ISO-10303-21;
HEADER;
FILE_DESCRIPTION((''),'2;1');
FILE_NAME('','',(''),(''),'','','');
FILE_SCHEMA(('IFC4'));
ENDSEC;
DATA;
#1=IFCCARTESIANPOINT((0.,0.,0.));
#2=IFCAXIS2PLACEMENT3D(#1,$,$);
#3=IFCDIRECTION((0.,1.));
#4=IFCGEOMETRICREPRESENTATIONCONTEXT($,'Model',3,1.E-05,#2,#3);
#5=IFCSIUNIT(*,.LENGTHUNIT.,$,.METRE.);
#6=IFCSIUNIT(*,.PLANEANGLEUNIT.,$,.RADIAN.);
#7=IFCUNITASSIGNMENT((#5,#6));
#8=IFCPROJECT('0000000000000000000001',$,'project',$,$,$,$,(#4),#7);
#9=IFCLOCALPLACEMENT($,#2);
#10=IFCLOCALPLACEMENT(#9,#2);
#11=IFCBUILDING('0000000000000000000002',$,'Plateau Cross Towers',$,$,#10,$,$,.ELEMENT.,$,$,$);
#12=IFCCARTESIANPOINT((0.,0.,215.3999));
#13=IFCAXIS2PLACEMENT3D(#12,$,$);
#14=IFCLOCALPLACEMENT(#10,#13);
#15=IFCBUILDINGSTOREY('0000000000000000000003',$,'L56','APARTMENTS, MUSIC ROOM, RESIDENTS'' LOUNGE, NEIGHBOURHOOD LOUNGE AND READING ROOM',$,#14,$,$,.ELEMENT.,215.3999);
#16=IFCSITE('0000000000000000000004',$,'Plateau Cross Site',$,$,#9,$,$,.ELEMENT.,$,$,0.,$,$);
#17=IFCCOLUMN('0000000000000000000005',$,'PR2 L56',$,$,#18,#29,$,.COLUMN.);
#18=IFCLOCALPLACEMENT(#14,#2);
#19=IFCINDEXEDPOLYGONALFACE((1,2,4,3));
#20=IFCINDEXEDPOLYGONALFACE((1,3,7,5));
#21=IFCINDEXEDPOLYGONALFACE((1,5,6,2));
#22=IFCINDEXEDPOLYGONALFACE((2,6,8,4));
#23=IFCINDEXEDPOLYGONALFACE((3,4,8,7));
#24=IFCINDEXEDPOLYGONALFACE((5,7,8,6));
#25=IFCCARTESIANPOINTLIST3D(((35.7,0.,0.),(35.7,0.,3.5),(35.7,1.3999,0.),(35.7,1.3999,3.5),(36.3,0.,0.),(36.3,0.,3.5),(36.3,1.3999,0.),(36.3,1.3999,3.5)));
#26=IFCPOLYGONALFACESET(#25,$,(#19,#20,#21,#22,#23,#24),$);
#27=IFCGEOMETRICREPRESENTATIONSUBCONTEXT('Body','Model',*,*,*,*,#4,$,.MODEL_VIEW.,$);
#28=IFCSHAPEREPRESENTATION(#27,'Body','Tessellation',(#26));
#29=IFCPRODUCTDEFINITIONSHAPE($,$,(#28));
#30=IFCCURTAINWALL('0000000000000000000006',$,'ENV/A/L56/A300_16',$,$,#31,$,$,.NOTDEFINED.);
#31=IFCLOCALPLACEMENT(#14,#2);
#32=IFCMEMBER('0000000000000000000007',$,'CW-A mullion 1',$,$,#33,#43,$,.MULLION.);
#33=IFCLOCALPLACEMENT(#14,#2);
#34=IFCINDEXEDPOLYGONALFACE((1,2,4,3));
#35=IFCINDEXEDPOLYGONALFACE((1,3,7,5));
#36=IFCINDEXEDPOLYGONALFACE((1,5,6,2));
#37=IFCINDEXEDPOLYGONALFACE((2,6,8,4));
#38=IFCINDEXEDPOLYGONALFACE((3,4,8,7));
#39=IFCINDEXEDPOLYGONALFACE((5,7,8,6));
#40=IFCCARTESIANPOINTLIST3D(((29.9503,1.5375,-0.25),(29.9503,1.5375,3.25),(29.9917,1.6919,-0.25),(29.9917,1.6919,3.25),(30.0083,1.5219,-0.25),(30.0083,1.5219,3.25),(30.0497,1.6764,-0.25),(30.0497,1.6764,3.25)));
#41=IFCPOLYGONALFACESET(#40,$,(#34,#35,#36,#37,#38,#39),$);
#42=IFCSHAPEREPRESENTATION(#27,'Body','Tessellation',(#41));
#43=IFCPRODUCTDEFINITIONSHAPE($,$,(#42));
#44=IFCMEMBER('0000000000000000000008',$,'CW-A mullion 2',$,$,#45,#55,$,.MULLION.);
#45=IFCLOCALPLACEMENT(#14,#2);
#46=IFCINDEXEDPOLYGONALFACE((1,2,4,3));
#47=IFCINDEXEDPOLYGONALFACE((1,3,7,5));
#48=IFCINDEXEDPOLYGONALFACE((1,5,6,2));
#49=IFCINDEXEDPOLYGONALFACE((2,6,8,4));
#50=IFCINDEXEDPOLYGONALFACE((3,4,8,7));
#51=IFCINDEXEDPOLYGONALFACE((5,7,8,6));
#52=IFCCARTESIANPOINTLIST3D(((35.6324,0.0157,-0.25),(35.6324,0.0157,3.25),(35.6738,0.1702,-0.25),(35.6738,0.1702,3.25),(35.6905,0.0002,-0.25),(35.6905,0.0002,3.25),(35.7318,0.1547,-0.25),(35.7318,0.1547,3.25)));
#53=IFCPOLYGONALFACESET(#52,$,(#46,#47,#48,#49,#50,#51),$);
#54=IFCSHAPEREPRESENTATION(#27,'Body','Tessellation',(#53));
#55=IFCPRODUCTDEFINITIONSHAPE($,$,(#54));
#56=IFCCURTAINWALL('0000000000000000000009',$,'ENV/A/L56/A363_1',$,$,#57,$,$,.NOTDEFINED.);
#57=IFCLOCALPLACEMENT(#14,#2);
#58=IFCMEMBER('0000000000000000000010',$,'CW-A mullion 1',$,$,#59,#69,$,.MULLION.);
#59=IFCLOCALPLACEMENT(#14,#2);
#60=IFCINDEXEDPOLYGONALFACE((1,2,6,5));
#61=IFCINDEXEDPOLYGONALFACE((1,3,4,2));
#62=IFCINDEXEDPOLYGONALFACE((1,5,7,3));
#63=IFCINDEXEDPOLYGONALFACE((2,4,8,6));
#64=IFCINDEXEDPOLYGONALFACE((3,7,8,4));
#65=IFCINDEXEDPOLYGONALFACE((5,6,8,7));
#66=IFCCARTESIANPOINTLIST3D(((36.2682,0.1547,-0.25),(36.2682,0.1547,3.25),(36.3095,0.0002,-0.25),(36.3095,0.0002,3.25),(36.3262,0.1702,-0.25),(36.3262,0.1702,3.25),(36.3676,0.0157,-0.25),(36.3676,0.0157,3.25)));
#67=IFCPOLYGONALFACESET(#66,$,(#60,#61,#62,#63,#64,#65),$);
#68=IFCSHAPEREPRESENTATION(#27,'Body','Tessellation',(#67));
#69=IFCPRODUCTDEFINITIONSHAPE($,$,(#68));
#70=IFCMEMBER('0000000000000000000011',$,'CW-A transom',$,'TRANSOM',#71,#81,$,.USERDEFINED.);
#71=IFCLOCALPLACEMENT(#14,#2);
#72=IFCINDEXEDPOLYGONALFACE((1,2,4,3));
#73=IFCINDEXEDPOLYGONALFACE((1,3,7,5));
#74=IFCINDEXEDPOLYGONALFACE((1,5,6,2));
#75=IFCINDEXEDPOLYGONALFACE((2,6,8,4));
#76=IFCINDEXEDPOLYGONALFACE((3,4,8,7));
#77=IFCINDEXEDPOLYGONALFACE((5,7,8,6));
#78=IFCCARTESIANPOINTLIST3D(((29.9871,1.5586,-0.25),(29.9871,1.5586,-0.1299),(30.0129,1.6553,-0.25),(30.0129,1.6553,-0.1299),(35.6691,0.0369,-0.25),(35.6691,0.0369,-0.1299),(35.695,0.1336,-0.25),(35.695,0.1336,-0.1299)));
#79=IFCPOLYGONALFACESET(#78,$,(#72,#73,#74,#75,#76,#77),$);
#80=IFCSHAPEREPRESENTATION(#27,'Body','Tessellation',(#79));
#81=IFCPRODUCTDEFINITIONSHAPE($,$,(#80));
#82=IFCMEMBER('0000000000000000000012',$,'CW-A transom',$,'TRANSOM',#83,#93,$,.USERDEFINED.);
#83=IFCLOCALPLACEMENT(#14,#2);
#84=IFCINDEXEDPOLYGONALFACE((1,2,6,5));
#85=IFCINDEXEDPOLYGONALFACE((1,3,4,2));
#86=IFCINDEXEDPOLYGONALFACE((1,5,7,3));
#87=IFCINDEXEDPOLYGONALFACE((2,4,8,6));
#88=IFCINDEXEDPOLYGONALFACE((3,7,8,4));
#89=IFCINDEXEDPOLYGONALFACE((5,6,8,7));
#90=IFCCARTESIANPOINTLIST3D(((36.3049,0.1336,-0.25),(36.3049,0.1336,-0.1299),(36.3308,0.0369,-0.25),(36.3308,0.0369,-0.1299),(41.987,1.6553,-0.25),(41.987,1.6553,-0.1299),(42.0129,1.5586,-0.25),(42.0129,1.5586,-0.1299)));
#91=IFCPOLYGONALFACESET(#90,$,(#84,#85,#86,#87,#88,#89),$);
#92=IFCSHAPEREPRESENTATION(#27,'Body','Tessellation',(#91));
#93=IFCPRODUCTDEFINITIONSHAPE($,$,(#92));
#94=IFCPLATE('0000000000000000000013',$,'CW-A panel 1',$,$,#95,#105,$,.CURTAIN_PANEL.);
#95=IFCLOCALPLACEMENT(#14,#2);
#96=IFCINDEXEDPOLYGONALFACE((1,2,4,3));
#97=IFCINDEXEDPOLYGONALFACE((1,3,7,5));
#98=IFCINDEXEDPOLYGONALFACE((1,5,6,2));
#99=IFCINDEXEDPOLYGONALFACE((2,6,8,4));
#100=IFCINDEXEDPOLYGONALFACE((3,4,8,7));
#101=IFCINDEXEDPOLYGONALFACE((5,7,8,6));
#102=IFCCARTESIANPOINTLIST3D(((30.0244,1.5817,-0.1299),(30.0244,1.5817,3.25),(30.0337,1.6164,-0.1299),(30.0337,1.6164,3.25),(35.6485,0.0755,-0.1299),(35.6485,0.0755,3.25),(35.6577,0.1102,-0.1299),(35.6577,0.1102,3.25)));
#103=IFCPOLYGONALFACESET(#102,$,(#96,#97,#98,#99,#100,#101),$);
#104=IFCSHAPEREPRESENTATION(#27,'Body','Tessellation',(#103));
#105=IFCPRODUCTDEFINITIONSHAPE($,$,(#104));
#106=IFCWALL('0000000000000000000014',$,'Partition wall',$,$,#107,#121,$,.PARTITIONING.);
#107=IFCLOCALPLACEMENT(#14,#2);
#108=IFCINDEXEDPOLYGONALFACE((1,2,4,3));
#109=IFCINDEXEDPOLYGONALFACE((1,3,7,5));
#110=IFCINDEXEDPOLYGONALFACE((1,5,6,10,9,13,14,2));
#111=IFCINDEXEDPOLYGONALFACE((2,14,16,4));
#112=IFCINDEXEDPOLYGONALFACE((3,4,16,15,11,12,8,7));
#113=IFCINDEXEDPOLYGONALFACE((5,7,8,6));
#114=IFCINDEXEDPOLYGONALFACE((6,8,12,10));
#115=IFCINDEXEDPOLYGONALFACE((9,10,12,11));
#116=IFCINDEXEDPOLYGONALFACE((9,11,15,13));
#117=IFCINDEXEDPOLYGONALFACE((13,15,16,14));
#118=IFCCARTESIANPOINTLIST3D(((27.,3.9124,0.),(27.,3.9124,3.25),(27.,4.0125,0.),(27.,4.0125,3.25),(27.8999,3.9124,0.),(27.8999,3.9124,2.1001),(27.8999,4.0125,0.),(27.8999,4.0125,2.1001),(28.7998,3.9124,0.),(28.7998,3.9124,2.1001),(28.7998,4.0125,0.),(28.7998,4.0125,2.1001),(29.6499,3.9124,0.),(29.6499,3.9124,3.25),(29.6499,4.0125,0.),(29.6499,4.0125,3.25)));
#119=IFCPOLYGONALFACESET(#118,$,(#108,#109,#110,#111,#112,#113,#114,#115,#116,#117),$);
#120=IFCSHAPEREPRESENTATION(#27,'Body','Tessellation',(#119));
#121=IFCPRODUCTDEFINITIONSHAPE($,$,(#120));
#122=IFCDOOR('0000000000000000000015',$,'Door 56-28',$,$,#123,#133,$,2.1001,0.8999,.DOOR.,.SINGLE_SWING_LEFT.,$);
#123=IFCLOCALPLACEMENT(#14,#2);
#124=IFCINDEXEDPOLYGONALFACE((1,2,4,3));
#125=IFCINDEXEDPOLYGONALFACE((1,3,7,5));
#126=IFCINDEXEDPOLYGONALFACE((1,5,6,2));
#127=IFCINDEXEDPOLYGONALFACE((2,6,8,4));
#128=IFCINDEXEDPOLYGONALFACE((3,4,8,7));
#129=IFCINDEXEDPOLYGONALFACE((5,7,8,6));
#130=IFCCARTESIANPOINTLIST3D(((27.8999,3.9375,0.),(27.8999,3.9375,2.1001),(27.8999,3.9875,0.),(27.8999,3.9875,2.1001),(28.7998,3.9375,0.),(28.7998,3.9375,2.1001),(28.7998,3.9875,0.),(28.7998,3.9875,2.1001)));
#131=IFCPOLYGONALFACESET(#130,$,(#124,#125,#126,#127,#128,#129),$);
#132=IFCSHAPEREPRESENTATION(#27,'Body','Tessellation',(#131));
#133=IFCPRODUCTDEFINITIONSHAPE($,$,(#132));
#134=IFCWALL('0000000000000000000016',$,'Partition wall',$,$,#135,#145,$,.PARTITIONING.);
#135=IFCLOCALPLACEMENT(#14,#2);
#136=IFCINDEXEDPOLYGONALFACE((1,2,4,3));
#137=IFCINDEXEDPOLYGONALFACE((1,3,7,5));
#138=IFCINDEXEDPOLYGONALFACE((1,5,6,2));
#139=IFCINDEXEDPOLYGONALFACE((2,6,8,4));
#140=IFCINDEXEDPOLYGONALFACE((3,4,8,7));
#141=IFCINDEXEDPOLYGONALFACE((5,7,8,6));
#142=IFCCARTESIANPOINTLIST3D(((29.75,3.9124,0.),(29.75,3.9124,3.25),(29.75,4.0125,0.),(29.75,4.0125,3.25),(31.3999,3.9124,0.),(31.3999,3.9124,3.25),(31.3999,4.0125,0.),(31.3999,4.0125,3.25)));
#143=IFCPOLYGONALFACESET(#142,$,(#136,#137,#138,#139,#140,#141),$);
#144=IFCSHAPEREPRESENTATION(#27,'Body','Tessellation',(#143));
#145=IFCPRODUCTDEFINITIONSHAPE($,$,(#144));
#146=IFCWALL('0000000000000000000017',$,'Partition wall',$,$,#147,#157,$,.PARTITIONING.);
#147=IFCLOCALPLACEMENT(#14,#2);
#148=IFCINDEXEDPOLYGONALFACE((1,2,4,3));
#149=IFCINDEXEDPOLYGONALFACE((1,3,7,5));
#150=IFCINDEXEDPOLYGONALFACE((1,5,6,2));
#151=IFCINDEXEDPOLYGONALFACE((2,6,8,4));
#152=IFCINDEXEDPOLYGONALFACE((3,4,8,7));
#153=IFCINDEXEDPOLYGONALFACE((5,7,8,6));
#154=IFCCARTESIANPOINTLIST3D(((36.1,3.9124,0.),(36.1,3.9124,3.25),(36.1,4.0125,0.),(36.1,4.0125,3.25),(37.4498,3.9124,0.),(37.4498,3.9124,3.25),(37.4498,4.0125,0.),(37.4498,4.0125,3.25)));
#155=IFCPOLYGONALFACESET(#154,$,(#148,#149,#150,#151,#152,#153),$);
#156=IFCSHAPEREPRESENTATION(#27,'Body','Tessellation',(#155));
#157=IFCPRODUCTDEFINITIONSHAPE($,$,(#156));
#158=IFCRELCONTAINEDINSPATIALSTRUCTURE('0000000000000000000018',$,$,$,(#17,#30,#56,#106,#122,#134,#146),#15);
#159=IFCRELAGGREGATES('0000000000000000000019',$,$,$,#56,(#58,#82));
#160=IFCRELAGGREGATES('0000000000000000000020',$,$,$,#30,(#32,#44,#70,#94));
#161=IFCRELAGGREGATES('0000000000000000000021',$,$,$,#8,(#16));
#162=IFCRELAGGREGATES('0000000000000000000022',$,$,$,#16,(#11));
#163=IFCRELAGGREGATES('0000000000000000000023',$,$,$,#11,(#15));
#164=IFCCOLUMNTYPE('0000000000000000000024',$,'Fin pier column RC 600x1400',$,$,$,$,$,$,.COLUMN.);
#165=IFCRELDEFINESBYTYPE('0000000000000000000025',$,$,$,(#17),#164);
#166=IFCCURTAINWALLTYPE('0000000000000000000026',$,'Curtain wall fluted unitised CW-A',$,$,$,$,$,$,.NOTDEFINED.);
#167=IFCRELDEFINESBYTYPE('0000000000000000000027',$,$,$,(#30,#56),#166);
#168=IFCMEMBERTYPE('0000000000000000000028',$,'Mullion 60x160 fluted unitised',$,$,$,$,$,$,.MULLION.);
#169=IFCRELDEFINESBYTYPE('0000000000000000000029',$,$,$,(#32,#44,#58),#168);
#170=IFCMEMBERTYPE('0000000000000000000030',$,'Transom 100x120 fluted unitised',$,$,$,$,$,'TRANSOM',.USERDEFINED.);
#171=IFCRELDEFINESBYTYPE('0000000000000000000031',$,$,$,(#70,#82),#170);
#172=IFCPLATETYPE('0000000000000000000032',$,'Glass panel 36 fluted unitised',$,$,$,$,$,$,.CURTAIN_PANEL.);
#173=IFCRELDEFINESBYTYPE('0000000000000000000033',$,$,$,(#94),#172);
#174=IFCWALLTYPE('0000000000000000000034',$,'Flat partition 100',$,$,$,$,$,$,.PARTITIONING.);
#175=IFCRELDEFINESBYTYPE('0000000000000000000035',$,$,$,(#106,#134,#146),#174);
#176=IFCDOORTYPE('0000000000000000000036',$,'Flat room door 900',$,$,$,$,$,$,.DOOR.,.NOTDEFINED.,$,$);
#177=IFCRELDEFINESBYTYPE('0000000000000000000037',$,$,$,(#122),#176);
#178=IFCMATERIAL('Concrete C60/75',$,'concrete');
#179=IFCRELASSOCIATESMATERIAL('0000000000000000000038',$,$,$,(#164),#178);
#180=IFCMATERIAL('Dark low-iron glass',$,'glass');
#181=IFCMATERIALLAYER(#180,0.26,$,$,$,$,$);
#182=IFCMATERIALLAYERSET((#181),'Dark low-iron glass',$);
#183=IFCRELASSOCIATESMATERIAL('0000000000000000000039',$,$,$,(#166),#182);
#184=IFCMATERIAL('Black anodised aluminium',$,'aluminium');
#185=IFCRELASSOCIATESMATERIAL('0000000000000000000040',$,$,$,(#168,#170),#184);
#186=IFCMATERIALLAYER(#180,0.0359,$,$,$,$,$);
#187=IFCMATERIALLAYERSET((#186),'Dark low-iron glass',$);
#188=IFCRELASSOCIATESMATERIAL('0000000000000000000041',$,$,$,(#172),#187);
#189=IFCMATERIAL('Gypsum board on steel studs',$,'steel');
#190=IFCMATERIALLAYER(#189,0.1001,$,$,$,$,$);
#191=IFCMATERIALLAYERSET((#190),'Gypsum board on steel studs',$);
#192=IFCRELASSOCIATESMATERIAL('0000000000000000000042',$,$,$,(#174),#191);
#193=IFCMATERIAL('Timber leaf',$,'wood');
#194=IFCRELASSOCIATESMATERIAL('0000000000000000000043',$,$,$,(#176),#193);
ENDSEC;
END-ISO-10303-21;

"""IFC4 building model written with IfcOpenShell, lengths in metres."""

from ifc_helpers import new_model, si_unit, direction, frame, frame_2d, origin, origin_2d, place, context, subcontext, project, spatial, rectangle, extrude, material, layer, layer_set, material_profile, profile_set, type_object, element, fill, aggregate, save


model = new_model("IFC4")

# Units and contexts
model_context = context("Model", 3, precision=1e-05, world=origin(), true_north=direction((0.0, 1.0)))
body_context = subcontext(model_context, "Body", "Model", "MODEL_VIEW")
ifc_project = project(units=[si_unit("LENGTHUNIT", "METRE"), si_unit("PLANEANGLEUNIT", "RADIAN")], contexts=[model_context])

# Site, building, storey
site_placement = place(None, origin())
site = spatial("IfcSite", under=ifc_project, at=site_placement, Name="Plateau Cross Site", CompositionType="ELEMENT", RefElevation=0.0)
building_placement = place(site_placement, origin())
building = spatial("IfcBuilding", under=site, at=building_placement, Name="Plateau Cross Towers", CompositionType="ELEMENT")
storey_placement = place(building_placement, frame((0.0, 0.0, 215.3999)))
storey = spatial("IfcBuildingStorey", under=building, at=storey_placement, Name="L56", Description="APARTMENTS, MUSIC ROOM, RESIDENTS' LOUNGE, NEIGHBOURHOOD LOUNGE AND READING ROOM", CompositionType="ELEMENT", Elevation=215.3999)

# Column
ifc_material_1 = material(Name="Concrete C60/75", Category="concrete")
ifc_material_profile_1 = material_profile(ifc_material_1, rectangle(XDim=0.6001, YDim=1.3999, at=origin_2d()), Name="RC 600x1400")
ifc_profile_set_1 = profile_set([ifc_material_profile_1], Name="Concrete C60/75")
column_type = type_object("IfcColumnType", Name="Fin pier column RC 600x1400", PredefinedType="COLUMN", material=ifc_profile_set_1)
column_placement = place(storey_placement, frame((36.0, 0.7, 0.0), z_axis=(0.0, 0.0, 1.0), x_axis=(1.0, 0.0, 0.0)))
element("IfcColumn", 1, at=column_placement, inside=storey, type_object=column_type, Name="PR2 L56", PredefinedType="COLUMN", context=body_context, shape_type="SweptSolid", body=[
    extrude(rectangle(XDim=0.6001, YDim=1.3999, at=origin_2d()), origin(), (0.0, 0.0, 1.0), 3.5),
])

# Curtain wall, members
ifc_material_2 = material(Name="Dark low-iron glass", Category="glass")
ifc_layer_1 = layer(ifc_material_2, 0.26)
ifc_layer_set_1 = layer_set([ifc_layer_1], Name="Dark low-iron glass")
curtain_wall_type = type_object("IfcCurtainWallType", Name="Curtain wall fluted unitised CW-A", PredefinedType="NOTDEFINED", material=ifc_layer_set_1)
curtain_wall_1_placement = place(storey_placement, origin())
curtain_wall_1 = element("IfcCurtainWall", 2, at=curtain_wall_1_placement, inside=storey, type_object=curtain_wall_type, Name="ENV/A/L56/A300_16", PredefinedType="NOTDEFINED")
ifc_material_3 = material(Name="Black anodised aluminium", Category="aluminium")
ifc_material_profile_2 = material_profile(ifc_material_3, rectangle(XDim=0.0601, YDim=0.1599, at=origin_2d()), Name="MULLION 60x160")
ifc_profile_set_2 = profile_set([ifc_material_profile_2], Name="Black anodised aluminium")
member_type_1 = type_object("IfcMemberType", Name="Mullion 60x160 fluted unitised", PredefinedType="MULLION", material=ifc_profile_set_2)
member_1_placement = place(storey_placement, frame((30.0, 1.6069, -0.25), z_axis=(0.0, 0.0, 1.0), x_axis=(0.965958, -0.258699, 0.0)))
member_1 = element("IfcMember", 3, at=member_1_placement, type_object=member_type_1, Name="CW-A mullion 1", PredefinedType="MULLION", context=body_context, shape_type="SweptSolid", body=[
    extrude(rectangle(XDim=0.0601, YDim=0.1599, at=origin_2d()), origin(), (0.0, 0.0, 1.0), 3.5),
])
member_2_placement = place(storey_placement, frame((35.6821, 0.0852, -0.25), z_axis=(0.0, 0.0, 1.0), x_axis=(0.965958, -0.258699, 0.0)))
member_2 = element("IfcMember", 4, at=member_2_placement, type_object=member_type_1, Name="CW-A mullion 2", PredefinedType="MULLION", context=body_context, shape_type="SweptSolid", body=[
    extrude(rectangle(XDim=0.0601, YDim=0.1599, at=origin_2d()), origin(), (0.0, 0.0, 1.0), 3.5),
])

# Curtain wall, member
curtain_wall_2_placement = place(storey_placement, origin())
curtain_wall_2 = element("IfcCurtainWall", 5, at=curtain_wall_2_placement, inside=storey, type_object=curtain_wall_type, Name="ENV/A/L56/A363_1", PredefinedType="NOTDEFINED")
member_3_placement = place(storey_placement, frame((36.3179, 0.0852, -0.25), z_axis=(0.0, 0.0, 1.0), x_axis=(0.965958, 0.258699, 0.0)))
member_3 = element("IfcMember", 6, at=member_3_placement, type_object=member_type_1, Name="CW-A mullion 1", PredefinedType="MULLION", context=body_context, shape_type="SweptSolid", body=[
    extrude(rectangle(XDim=0.0601, YDim=0.1599, at=origin_2d()), origin(), (0.0, 0.0, 1.0), 3.5),
])

# Members
ifc_material_profile_3 = material_profile(ifc_material_3, rectangle(XDim=0.1001, YDim=0.1201, at=origin_2d()), Name="TRANSOM 100x120")
ifc_profile_set_3 = profile_set([ifc_material_profile_3], Name="Black anodised aluminium")
member_type_2 = type_object("IfcMemberType", Name="Transom 100x120 fluted unitised", ElementType="TRANSOM", PredefinedType="USERDEFINED", material=ifc_profile_set_3)
member_4_placement = place(storey_placement, frame((30.0, 1.6069, -0.1899), z_axis=(0.96596, -0.258693, 0.0), x_axis=(0.258693, 0.96596, 0.0)))
member_4 = element("IfcMember", 7, at=member_4_placement, type_object=member_type_2, Name="CW-A transom", ObjectType="TRANSOM", PredefinedType="USERDEFINED", context=body_context, shape_type="SweptSolid", body=[
    extrude(rectangle(XDim=0.1001, YDim=0.1201, at=origin_2d()), origin(), (0.0, 0.0, 1.0), 5.8823),
])
member_5_placement = place(storey_placement, frame((36.3179, 0.0852, -0.1899), z_axis=(0.96596, 0.258693, 0.0), x_axis=(-0.258693, 0.96596, 0.0)))
member_5 = element("IfcMember", 8, at=member_5_placement, type_object=member_type_2, Name="CW-A transom", ObjectType="TRANSOM", PredefinedType="USERDEFINED", context=body_context, shape_type="SweptSolid", body=[
    extrude(rectangle(XDim=0.1001, YDim=0.1201, at=origin_2d()), origin(), (0.0, 0.0, 1.0), 5.8823),
])
aggregate(curtain_wall_2, [member_3, member_5])

# Plate
ifc_layer_2 = layer(ifc_material_2, 0.0359)
ifc_layer_set_2 = layer_set([ifc_layer_2], Name="Dark low-iron glass")
plate_type = type_object("IfcPlateType", Name="Glass panel 36 fluted unitised", PredefinedType="CURTAIN_PANEL", material=ifc_layer_set_2)
plate_placement = place(storey_placement, frame((32.8411, 0.8459, -0.1299), z_axis=(0.0, 0.0, 1.0), x_axis=(0.965958, -0.258699, 0.0)))
plate = element("IfcPlate", 9, at=plate_placement, type_object=plate_type, Name="CW-A panel 1", PredefinedType="CURTAIN_PANEL", context=body_context, shape_type="SweptSolid", body=[
    extrude(rectangle(XDim=5.8223, YDim=0.0359, at=origin_2d()), origin(), (0.0, 0.0, 1.0), 3.3799),
])
aggregate(curtain_wall_1, [member_1, member_2, member_4, plate])

# Wall, opening, door
ifc_material_4 = material(Name="Gypsum board on steel studs", Category="steel")
ifc_layer_3 = layer(ifc_material_4, 0.1001)
ifc_layer_set_3 = layer_set([ifc_layer_3], Name="Gypsum board on steel studs")
wall_type_1 = type_object("IfcWallType", Name="Flat partition 100", PredefinedType="PARTITIONING", material=ifc_layer_set_3)
wall_1_placement = place(storey_placement, frame((29.6499, 3.9624, 0.0), z_axis=(0.0, 0.0, 1.0), x_axis=(-1.0, 0.0, 0.0)))
wall_1 = element("IfcWall", 10, at=wall_1_placement, inside=storey, type_object=wall_type_1, Name="Partition wall", PredefinedType="PARTITIONING", context=body_context, shape_type="SweptSolid", body=[
    extrude(rectangle(XDim=2.6499, YDim=0.1001, at=frame_2d((1.325, 0.0))), origin(), (0.0, 0.0, 1.0), 3.25),
])
opening_1_placement = place(wall_1_placement, frame((0.8501, 0.0, 0.0)))
opening_1 = element("IfcOpeningElement", 11, at=opening_1_placement, cuts=wall_1, PredefinedType="OPENING", context=body_context, shape_type="SweptSolid", body=[
    extrude(rectangle(XDim=0.8999, YDim=2.1001, at=frame_2d((0.45, 1.05))), frame((0.0, 0.0601, 0.0), z_axis=(0.0, -1.0, 0.0), x_axis=(1.0, 0.0, 0.0)), (0.0, 0.0, 1.0), 0.1201),
])
ifc_material_5 = material(Name="Timber leaf", Category="wood")
door_type_1 = type_object("IfcDoorType", Name="Flat room door 900", OperationType="NOTDEFINED", PredefinedType="DOOR", material=ifc_material_5)
door_1_placement = place(opening_1_placement, origin())
door_1 = element("IfcDoor", 12, at=door_1_placement, inside=storey, type_object=door_type_1, Name="Door 56-28", OperationType="SINGLE_SWING_LEFT", OverallHeight=2.1001, OverallWidth=0.8999, PredefinedType="DOOR", context=body_context, shape_type="SweptSolid", body=[
    extrude(rectangle(XDim=0.8999, YDim=2.1001, at=frame_2d((0.45, 1.05))), frame((0.0, 0.0249, 0.0), z_axis=(0.0, -1.0, 0.0), x_axis=(1.0, 0.0, 0.0)), (0.0, 0.0, 1.0), 0.05),
])
fill(opening_1, door_1)

# Walls
wall_2_placement = place(storey_placement, frame((29.75, 3.9624, 0.0), z_axis=(0.0, 0.0, 1.0), x_axis=(1.0, 0.0, 0.0)))
element("IfcWall", 13, at=wall_2_placement, inside=storey, type_object=wall_type_1, Name="Partition wall", PredefinedType="PARTITIONING", context=body_context, shape_type="SweptSolid", body=[
    extrude(rectangle(XDim=1.6499, YDim=0.1001, at=frame_2d((0.825, 0.0))), origin(), (0.0, 0.0, 1.0), 3.25),
])
wall_3_placement = place(storey_placement, frame((36.1001, 3.9624, 0.0), z_axis=(0.0, 0.0, 1.0), x_axis=(1.0, 0.0, 0.0)))
element("IfcWall", 14, at=wall_3_placement, inside=storey, type_object=wall_type_1, Name="Partition wall", PredefinedType="PARTITIONING", context=body_context, shape_type="SweptSolid", body=[
    extrude(rectangle(XDim=1.3499, YDim=0.1001, at=frame_2d((0.6748, 0.0))), origin(), (0.0, 0.0, 1.0), 3.25),
])

save(model, "model.ifc")
